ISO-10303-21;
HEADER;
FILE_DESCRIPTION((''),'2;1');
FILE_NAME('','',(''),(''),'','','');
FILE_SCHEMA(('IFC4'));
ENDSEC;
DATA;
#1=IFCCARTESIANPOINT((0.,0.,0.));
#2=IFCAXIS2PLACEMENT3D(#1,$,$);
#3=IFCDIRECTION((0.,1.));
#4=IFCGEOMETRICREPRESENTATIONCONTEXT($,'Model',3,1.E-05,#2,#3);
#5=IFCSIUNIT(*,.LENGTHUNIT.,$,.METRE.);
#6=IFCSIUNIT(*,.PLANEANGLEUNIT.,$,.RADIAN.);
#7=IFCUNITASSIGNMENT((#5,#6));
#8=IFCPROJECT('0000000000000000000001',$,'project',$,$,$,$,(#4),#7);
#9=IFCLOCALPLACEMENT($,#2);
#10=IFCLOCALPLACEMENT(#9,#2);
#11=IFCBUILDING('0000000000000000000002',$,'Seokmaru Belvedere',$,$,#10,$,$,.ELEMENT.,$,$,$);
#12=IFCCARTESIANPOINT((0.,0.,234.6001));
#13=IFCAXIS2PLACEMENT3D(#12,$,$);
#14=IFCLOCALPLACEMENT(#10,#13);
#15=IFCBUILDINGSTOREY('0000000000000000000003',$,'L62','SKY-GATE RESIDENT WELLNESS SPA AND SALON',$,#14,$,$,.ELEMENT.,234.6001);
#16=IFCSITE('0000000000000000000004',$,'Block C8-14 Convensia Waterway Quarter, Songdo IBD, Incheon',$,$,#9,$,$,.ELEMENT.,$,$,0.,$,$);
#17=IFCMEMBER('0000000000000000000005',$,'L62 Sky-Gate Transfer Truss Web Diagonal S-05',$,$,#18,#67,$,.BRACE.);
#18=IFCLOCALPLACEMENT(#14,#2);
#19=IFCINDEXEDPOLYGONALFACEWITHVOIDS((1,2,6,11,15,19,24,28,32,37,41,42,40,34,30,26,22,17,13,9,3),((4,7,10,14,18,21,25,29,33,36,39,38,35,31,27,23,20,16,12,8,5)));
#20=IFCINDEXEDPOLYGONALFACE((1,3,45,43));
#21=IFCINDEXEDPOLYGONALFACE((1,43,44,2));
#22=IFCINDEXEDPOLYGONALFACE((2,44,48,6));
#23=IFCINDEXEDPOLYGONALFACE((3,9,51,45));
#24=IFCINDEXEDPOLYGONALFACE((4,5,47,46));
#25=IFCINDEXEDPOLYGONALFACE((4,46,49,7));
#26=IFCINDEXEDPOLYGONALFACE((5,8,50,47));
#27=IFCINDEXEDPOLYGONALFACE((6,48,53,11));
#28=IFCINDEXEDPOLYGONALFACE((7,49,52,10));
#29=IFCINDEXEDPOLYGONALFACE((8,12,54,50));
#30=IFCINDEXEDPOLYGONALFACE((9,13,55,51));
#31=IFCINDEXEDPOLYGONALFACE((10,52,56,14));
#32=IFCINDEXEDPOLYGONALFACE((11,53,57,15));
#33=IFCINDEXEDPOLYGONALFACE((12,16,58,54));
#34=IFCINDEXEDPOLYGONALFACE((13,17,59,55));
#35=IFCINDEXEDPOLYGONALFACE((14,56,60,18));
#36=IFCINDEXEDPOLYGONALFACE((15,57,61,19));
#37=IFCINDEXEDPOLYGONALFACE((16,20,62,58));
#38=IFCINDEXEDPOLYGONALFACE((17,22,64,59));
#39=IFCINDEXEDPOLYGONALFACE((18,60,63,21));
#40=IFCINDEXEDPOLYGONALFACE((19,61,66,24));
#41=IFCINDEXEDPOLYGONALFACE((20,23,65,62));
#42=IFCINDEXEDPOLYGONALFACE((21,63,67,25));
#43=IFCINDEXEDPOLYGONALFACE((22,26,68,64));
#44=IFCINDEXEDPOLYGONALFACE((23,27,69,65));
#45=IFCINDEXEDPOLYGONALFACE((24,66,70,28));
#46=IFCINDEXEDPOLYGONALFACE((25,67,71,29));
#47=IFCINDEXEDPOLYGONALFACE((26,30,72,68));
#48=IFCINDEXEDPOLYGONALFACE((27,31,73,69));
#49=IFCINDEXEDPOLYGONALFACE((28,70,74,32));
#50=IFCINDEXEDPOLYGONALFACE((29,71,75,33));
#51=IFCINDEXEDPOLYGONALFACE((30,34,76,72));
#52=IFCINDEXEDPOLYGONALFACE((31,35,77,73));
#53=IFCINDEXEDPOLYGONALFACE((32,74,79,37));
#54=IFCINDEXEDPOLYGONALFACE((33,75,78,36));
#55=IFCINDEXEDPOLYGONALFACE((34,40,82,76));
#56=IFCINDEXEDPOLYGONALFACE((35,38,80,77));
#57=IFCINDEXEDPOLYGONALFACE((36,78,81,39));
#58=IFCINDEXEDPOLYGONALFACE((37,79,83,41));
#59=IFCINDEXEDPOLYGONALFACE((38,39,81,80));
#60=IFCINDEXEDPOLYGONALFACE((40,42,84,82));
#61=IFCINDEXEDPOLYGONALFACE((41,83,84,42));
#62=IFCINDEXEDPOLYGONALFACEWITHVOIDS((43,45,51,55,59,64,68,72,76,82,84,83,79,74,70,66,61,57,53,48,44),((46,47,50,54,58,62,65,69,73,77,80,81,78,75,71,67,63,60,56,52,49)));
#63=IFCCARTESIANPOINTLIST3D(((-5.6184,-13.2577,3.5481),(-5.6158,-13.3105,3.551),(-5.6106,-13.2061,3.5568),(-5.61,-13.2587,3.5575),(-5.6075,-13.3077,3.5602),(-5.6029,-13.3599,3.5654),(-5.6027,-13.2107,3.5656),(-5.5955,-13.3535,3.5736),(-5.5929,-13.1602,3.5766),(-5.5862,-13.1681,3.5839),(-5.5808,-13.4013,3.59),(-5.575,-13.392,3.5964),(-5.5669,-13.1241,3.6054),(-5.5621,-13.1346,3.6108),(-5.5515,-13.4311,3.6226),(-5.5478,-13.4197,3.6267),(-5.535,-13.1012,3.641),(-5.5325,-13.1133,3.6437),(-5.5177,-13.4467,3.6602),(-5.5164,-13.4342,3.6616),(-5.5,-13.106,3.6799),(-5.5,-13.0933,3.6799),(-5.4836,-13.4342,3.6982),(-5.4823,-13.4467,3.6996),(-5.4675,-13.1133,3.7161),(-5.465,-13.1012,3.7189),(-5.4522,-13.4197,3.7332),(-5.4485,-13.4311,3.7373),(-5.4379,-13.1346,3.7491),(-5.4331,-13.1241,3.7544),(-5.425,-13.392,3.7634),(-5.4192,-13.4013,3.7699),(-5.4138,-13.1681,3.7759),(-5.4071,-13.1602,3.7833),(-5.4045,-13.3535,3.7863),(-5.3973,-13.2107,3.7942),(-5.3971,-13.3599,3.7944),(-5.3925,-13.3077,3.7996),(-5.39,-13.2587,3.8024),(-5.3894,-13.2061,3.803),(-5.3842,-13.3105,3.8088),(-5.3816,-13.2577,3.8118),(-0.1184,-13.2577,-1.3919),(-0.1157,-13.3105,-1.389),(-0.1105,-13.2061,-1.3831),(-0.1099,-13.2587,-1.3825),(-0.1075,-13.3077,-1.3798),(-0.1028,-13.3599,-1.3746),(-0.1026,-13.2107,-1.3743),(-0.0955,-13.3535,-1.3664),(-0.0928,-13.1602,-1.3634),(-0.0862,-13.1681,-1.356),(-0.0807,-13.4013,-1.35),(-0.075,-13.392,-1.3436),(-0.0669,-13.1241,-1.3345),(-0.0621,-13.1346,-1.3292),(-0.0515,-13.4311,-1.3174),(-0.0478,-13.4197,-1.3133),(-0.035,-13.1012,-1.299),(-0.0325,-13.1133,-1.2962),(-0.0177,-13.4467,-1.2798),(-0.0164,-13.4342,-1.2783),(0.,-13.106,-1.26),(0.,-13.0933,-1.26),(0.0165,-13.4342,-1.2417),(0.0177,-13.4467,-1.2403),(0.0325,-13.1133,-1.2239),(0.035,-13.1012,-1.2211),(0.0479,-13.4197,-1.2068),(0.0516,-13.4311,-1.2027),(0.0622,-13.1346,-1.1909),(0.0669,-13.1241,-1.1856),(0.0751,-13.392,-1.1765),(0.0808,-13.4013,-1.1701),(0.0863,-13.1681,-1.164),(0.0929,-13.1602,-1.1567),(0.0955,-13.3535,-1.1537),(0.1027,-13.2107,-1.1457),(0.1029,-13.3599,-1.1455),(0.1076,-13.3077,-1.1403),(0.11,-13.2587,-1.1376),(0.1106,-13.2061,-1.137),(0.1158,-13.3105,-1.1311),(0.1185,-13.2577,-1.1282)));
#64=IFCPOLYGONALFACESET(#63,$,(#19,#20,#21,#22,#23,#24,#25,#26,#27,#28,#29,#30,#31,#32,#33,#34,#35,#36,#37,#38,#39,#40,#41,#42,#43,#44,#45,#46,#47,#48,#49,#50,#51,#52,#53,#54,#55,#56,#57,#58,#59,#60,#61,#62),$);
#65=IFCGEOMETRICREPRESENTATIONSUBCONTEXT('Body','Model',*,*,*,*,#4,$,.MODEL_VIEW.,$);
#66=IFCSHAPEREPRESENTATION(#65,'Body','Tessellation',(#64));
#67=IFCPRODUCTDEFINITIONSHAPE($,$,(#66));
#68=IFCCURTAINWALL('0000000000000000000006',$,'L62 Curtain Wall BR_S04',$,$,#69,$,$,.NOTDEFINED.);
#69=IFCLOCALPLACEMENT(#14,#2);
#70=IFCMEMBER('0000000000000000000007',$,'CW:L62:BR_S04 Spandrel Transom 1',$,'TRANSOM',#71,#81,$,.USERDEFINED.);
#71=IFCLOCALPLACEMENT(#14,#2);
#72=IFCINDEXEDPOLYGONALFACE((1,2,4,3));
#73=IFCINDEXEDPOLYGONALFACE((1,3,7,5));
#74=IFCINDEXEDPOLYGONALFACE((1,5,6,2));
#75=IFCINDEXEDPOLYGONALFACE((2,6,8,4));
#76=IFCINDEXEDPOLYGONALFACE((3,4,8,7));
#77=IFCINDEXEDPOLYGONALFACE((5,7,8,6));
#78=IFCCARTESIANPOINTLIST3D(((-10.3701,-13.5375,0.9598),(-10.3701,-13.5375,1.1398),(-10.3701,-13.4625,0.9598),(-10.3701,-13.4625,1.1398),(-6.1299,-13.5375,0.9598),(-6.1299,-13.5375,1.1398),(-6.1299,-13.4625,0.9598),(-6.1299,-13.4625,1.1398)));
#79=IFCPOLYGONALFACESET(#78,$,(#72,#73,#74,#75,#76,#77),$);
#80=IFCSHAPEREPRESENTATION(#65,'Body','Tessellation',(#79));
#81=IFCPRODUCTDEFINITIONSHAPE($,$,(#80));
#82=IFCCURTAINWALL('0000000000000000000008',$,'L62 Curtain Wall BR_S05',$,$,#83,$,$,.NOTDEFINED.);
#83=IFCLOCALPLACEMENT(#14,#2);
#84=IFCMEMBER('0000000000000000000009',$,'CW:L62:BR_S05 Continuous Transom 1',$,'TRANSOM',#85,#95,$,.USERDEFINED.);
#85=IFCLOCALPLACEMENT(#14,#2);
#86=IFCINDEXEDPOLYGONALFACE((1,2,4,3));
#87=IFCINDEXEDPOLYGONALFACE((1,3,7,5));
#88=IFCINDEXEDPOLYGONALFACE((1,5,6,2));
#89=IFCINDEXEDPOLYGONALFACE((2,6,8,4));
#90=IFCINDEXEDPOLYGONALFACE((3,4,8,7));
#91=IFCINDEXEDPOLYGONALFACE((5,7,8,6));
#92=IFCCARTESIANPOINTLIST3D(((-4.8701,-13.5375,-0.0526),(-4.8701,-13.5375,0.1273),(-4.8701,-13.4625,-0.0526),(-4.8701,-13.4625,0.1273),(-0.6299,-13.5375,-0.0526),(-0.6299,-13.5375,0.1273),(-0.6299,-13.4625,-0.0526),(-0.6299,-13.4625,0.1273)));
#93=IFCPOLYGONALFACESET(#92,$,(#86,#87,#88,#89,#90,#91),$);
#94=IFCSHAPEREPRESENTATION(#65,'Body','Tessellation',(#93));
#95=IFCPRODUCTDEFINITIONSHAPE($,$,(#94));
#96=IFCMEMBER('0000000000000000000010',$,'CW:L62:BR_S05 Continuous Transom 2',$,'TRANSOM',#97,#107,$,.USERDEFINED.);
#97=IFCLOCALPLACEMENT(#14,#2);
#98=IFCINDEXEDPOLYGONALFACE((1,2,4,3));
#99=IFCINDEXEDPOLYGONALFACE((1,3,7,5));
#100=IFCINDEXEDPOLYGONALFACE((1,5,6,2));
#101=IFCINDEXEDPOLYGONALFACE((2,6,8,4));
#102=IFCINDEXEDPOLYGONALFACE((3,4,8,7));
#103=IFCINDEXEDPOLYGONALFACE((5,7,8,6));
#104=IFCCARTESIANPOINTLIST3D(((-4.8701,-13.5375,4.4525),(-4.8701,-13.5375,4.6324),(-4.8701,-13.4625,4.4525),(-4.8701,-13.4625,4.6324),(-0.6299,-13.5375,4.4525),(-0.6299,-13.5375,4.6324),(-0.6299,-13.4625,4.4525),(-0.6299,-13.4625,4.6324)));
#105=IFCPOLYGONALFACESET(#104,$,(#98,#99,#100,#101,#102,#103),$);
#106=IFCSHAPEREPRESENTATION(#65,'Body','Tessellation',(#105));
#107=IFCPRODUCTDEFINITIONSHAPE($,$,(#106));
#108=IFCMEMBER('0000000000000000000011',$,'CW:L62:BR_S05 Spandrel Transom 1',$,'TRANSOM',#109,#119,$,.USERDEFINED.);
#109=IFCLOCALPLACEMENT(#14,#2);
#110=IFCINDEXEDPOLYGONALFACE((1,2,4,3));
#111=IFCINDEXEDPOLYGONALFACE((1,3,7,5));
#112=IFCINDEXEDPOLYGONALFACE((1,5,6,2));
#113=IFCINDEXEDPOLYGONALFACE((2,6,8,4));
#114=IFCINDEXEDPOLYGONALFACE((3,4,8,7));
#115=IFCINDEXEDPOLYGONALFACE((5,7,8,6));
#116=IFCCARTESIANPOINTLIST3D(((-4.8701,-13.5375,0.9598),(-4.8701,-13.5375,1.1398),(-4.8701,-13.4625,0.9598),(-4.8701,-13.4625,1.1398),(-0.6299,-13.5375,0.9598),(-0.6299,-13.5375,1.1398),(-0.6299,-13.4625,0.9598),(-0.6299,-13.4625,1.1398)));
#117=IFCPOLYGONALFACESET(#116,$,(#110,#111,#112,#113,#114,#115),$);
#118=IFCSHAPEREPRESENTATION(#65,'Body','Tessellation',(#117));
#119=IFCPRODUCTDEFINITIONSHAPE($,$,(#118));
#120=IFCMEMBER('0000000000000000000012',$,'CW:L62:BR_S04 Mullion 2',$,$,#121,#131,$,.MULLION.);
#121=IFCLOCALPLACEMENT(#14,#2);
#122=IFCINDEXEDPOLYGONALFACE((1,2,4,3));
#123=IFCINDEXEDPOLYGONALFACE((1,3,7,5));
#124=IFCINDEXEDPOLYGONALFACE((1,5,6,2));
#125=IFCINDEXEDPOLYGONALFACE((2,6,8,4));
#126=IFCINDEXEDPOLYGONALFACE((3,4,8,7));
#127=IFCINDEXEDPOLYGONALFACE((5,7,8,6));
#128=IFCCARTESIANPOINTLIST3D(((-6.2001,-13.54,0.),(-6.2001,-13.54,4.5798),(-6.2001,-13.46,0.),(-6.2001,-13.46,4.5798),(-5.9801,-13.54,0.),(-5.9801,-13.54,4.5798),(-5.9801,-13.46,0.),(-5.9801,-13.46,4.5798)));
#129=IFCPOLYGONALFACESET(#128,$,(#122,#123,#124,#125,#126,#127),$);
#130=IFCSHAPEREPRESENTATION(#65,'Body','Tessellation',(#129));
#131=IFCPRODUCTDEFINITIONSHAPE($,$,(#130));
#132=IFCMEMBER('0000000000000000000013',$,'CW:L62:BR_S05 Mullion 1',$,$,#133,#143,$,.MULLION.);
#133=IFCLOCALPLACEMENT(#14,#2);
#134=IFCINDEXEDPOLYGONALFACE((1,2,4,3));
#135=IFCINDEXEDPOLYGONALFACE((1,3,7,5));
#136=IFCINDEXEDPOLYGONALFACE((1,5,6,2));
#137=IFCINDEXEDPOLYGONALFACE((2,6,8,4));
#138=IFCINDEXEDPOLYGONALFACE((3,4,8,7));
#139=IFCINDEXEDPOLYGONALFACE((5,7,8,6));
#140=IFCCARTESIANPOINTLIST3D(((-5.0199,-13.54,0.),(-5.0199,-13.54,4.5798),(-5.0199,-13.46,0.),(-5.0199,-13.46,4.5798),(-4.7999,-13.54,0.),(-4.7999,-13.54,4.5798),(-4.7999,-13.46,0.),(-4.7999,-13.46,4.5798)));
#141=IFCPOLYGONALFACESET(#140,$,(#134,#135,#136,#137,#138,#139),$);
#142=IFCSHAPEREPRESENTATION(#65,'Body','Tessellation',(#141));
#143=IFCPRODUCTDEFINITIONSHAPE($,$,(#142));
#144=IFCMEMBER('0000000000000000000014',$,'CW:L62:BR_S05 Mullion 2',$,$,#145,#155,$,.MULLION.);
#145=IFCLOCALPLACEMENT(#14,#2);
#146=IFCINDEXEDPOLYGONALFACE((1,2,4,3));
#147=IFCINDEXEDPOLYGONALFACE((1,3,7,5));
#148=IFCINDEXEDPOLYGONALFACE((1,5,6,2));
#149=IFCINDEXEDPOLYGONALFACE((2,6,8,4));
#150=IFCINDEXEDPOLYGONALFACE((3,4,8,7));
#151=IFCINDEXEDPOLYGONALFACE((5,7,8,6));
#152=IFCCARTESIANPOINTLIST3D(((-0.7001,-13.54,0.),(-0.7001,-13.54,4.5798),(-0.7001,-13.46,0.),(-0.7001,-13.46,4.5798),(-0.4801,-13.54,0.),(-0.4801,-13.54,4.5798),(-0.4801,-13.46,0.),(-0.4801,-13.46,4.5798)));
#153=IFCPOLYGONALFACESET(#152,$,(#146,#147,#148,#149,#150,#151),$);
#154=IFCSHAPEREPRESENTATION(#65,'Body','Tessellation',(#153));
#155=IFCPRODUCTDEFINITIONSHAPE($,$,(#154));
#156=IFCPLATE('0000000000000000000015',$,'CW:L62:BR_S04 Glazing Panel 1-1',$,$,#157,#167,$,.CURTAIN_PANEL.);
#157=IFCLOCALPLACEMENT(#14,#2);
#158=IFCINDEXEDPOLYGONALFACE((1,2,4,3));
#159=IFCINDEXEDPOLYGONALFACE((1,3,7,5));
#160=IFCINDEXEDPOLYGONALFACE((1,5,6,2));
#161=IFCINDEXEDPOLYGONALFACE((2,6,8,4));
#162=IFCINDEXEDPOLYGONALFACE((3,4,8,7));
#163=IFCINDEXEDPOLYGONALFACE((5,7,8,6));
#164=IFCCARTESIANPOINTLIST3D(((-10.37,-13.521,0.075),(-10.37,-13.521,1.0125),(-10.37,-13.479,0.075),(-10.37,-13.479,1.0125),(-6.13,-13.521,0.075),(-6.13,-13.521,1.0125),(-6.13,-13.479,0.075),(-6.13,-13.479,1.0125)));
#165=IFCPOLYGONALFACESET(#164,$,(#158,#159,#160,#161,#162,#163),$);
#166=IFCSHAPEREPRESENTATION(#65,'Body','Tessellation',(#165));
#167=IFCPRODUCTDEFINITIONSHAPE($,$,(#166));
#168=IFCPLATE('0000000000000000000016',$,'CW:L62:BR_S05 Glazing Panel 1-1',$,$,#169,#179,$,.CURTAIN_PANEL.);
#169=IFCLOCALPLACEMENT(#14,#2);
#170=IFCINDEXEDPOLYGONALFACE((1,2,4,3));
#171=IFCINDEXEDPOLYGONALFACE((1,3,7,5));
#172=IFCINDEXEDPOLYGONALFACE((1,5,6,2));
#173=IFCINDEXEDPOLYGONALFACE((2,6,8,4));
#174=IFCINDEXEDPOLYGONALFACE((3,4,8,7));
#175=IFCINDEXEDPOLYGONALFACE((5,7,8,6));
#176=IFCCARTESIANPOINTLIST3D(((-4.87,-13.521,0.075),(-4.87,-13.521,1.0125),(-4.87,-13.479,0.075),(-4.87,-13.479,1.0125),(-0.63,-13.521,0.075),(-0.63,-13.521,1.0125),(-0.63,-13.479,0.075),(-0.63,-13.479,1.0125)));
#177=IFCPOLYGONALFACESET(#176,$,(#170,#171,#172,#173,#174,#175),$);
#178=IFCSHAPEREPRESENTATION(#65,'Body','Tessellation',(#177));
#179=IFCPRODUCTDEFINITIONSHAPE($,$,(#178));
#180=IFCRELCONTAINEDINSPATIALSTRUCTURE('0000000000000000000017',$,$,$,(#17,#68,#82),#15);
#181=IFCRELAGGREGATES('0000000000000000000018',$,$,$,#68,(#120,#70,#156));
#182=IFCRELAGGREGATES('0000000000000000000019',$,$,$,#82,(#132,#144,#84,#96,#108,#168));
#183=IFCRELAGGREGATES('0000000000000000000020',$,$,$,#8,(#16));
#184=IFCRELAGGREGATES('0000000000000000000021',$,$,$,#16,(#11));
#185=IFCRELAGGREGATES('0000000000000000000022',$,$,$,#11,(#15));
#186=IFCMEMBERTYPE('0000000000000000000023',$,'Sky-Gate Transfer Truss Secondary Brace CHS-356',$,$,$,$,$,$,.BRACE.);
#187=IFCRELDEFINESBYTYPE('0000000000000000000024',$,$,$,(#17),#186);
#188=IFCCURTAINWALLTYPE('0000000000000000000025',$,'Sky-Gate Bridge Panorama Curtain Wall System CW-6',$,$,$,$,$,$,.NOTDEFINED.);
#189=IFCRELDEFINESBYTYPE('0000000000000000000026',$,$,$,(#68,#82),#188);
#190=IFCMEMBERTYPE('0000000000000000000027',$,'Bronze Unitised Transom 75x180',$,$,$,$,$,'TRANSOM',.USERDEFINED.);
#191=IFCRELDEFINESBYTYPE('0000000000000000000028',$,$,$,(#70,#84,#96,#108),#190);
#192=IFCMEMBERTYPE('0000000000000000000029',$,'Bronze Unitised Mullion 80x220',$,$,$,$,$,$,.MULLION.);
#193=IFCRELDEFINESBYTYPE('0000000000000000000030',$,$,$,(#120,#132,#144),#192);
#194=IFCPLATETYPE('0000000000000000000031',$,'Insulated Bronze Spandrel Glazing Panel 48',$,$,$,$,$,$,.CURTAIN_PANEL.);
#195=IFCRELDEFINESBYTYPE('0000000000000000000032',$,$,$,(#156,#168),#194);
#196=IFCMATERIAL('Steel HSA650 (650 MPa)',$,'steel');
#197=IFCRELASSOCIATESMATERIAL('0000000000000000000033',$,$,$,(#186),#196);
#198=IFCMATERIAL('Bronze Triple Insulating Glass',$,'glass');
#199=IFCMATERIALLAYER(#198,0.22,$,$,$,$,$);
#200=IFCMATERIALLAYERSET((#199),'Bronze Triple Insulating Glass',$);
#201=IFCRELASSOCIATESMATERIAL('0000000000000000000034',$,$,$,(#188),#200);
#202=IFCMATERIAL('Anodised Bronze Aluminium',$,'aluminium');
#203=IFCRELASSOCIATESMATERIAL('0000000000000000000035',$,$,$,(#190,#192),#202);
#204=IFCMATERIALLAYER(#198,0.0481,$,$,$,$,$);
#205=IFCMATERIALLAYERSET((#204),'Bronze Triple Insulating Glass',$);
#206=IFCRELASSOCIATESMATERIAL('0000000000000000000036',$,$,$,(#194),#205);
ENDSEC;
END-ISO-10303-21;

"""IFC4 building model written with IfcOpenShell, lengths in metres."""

from ifc_helpers import new_model, si_unit, direction, frame, origin, origin_2d, place, context, subcontext, project, spatial, rectangle, hollow_circle, extrude, source, transform, mapped, material, layer, layer_set, material_profile, profile_set, type_object, type_shapes, element, aggregate, save


model = new_model("IFC4")

# Units and contexts
model_context = context("Model", 3, precision=1e-05, world=origin(), true_north=direction((0.0, 1.0)))
body_context = subcontext(model_context, "Body", "Model", "MODEL_VIEW")
ifc_project = project(units=[si_unit("LENGTHUNIT", "METRE"), si_unit("PLANEANGLEUNIT", "RADIAN")], contexts=[model_context])

# Site, building, storey
site_placement = place(None, origin())
site = spatial("IfcSite", under=ifc_project, at=site_placement, Name="Block C8-14 Convensia Waterway Quarter, Songdo IBD, Incheon", CompositionType="ELEMENT", RefElevation=0.0)
building_placement = place(site_placement, origin())
building = spatial("IfcBuilding", under=site, at=building_placement, Name="Seokmaru Belvedere", CompositionType="ELEMENT")
storey_placement = place(building_placement, frame((0.0, 0.0, 234.6001)))
storey = spatial("IfcBuildingStorey", under=building, at=storey_placement, Name="L62", Description="SKY-GATE RESIDENT WELLNESS SPA AND SALON", CompositionType="ELEMENT", Elevation=234.6001)

# Shared definitions
ifc_material_1 = material(Name="Steel HSA650 (650 MPa)", Category="steel")

# Member
ifc_material_profile_1 = material_profile(ifc_material_1, hollow_circle(Radius=0.1777, WallThickness=0.0127, at=origin_2d()), Name="CHS-355.6x12.7")
ifc_profile_set_1 = profile_set([ifc_material_profile_1], Name="Steel HSA650 (650 MPa)")
member_type_1 = type_object("IfcMemberType", Name="Sky-Gate Transfer Truss Secondary Brace CHS-356", PredefinedType="BRACE", material=ifc_profile_set_1)
shared_shape_1 = source(origin(), body_context, "Body", "SweptSolid", [
    extrude(hollow_circle(Radius=0.1777, WallThickness=0.0127, at=origin_2d()), origin(), (0.0, 0.0, 1.0), 7.3928),
])
type_shapes(member_type_1, [shared_shape_1])
member_1_placement = place(storey_placement, frame((-5.5, -13.271, 3.6799), z_axis=(0.74397, 0.0, -0.668213), x_axis=(0.0, 1.0, 0.0)))
element("IfcMember", 1, at=member_1_placement, inside=storey, type_object=member_type_1, Name="L62 Sky-Gate Transfer Truss Web Diagonal S-05", PredefinedType="BRACE", context=body_context, shape_type="MappedRepresentation", body=[
    mapped(shared_shape_1, transform((0.0, 0.0, 0.0), scale=1.0)),
])

# Curtain wall, member
ifc_material_2 = material(Name="Bronze Triple Insulating Glass", Category="glass")
ifc_layer_1 = layer(ifc_material_2, 0.22)
ifc_layer_set_1 = layer_set([ifc_layer_1], Name="Bronze Triple Insulating Glass")
curtain_wall_type = type_object("IfcCurtainWallType", Name="Sky-Gate Bridge Panorama Curtain Wall System CW-6", PredefinedType="NOTDEFINED", material=ifc_layer_set_1)
curtain_wall_1_placement = place(storey_placement, origin())
curtain_wall_1 = element("IfcCurtainWall", 2, at=curtain_wall_1_placement, inside=storey, type_object=curtain_wall_type, Name="L62 Curtain Wall BR_S04", PredefinedType="NOTDEFINED")
ifc_material_3 = material(Name="Anodised Bronze Aluminium", Category="aluminium")
ifc_material_profile_2 = material_profile(ifc_material_3, rectangle(XDim=0.075, YDim=0.1799, at=origin_2d()), Name="CW-T-75x180")
ifc_profile_set_2 = profile_set([ifc_material_profile_2], Name="Anodised Bronze Aluminium")
member_type_2 = type_object("IfcMemberType", Name="Bronze Unitised Transom 75x180", ElementType="TRANSOM", PredefinedType="USERDEFINED", material=ifc_profile_set_2)
shared_shape_2 = source(origin(), body_context, "Body", "SweptSolid", [
    extrude(rectangle(XDim=0.075, YDim=0.1799, at=origin_2d()), origin(), (0.0, 0.0, 1.0), 4.2402),
])
type_shapes(member_type_2, [shared_shape_2])
member_2_placement = place(storey_placement, frame((-10.3701, -13.5, 1.0498), z_axis=(1.0, 0.0, 0.0), x_axis=(0.0, 1.0, 0.0)))
member_2 = element("IfcMember", 3, at=member_2_placement, type_object=member_type_2, Name="CW:L62:BR_S04 Spandrel Transom 1", ObjectType="TRANSOM", PredefinedType="USERDEFINED", context=body_context, shape_type="MappedRepresentation", body=[
    mapped(shared_shape_2, transform((0.0, 0.0, 0.0), scale=1.0)),
])

# Curtain wall, members
curtain_wall_2_placement = place(storey_placement, origin())
curtain_wall_2 = element("IfcCurtainWall", 4, at=curtain_wall_2_placement, inside=storey, type_object=curtain_wall_type, Name="L62 Curtain Wall BR_S05", PredefinedType="NOTDEFINED")
member_3_placement = place(storey_placement, frame((-4.8701, -13.5, 0.0374), z_axis=(1.0, 0.0, 0.0), x_axis=(0.0, 1.0, 0.0)))
member_3 = element("IfcMember", 5, at=member_3_placement, type_object=member_type_2, Name="CW:L62:BR_S05 Continuous Transom 1", ObjectType="TRANSOM", PredefinedType="USERDEFINED", context=body_context, shape_type="MappedRepresentation", body=[
    mapped(shared_shape_2, transform((0.0, 0.0, 0.0), scale=1.0)),
])
member_4_placement = place(storey_placement, frame((-4.8701, -13.5, 4.5425), z_axis=(1.0, 0.0, 0.0), x_axis=(0.0, 1.0, 0.0)))
member_4 = element("IfcMember", 6, at=member_4_placement, type_object=member_type_2, Name="CW:L62:BR_S05 Continuous Transom 2", ObjectType="TRANSOM", PredefinedType="USERDEFINED", context=body_context, shape_type="MappedRepresentation", body=[
    mapped(shared_shape_2, transform((0.0, 0.0, 0.0), scale=1.0)),
])
member_5_placement = place(storey_placement, frame((-4.8701, -13.5, 1.0498), z_axis=(1.0, 0.0, 0.0), x_axis=(0.0, 1.0, 0.0)))
member_5 = element("IfcMember", 7, at=member_5_placement, type_object=member_type_2, Name="CW:L62:BR_S05 Spandrel Transom 1", ObjectType="TRANSOM", PredefinedType="USERDEFINED", context=body_context, shape_type="MappedRepresentation", body=[
    mapped(shared_shape_2, transform((0.0, 0.0, 0.0), scale=1.0)),
])

# Members
ifc_material_profile_3 = material_profile(ifc_material_3, rectangle(XDim=0.0801, YDim=0.22, at=origin_2d()), Name="CW-M-80x220")
ifc_profile_set_3 = profile_set([ifc_material_profile_3], Name="Anodised Bronze Aluminium")
member_type_3 = type_object("IfcMemberType", Name="Bronze Unitised Mullion 80x220", PredefinedType="MULLION", material=ifc_profile_set_3)
shared_shape_3 = source(origin(), body_context, "Body", "SweptSolid", [
    extrude(rectangle(XDim=0.0801, YDim=0.22, at=origin_2d()), origin(), (0.0, 0.0, 1.0), 4.5798),
])
type_shapes(member_type_3, [shared_shape_3])
member_6_placement = place(storey_placement, frame((-6.0901, -13.5, 0.0), z_axis=(0.0, 0.0, 1.0), x_axis=(0.0, 1.0, 0.0)))
member_6 = element("IfcMember", 8, at=member_6_placement, type_object=member_type_3, Name="CW:L62:BR_S04 Mullion 2", PredefinedType="MULLION", context=body_context, shape_type="MappedRepresentation", body=[
    mapped(shared_shape_3, transform((0.0, 0.0, 0.0), scale=1.0)),
])
member_7_placement = place(storey_placement, frame((-4.9099, -13.5, 0.0), z_axis=(0.0, 0.0, 1.0), x_axis=(0.0, 1.0, 0.0)))
member_7 = element("IfcMember", 9, at=member_7_placement, type_object=member_type_3, Name="CW:L62:BR_S05 Mullion 1", PredefinedType="MULLION", context=body_context, shape_type="MappedRepresentation", body=[
    mapped(shared_shape_3, transform((0.0, 0.0, 0.0), scale=1.0)),
])
member_8_placement = place(storey_placement, frame((-0.5901, -13.5, 0.0), z_axis=(0.0, 0.0, 1.0), x_axis=(0.0, 1.0, 0.0)))
member_8 = element("IfcMember", 10, at=member_8_placement, type_object=member_type_3, Name="CW:L62:BR_S05 Mullion 2", PredefinedType="MULLION", context=body_context, shape_type="MappedRepresentation", body=[
    mapped(shared_shape_3, transform((0.0, 0.0, 0.0), scale=1.0)),
])

# Plates
ifc_layer_2 = layer(ifc_material_2, 0.0481)
ifc_layer_set_2 = layer_set([ifc_layer_2], Name="Bronze Triple Insulating Glass")
plate_type_1 = type_object("IfcPlateType", Name="Insulated Bronze Spandrel Glazing Panel 48", PredefinedType="CURTAIN_PANEL", material=ifc_layer_set_2)
shared_shape_4 = source(origin(), body_context, "Body", "SweptSolid", [
    extrude(rectangle(XDim=4.24, YDim=0.042, at=origin_2d()), origin(), (0.0, 0.0, 1.0), 0.9375),
])
type_shapes(plate_type_1, [shared_shape_4])
plate_1_placement = place(storey_placement, frame((-8.25, -13.5, 0.075), z_axis=(0.0, 0.0, 1.0), x_axis=(1.0, 0.0, 0.0)))
plate_1 = element("IfcPlate", 11, at=plate_1_placement, type_object=plate_type_1, Name="CW:L62:BR_S04 Glazing Panel 1-1", PredefinedType="CURTAIN_PANEL", context=body_context, shape_type="MappedRepresentation", body=[
    mapped(shared_shape_4, transform((0.0, 0.0, 0.0), scale=1.0)),
])
plate_2_placement = place(storey_placement, frame((-2.75, -13.5, 0.075), z_axis=(0.0, 0.0, 1.0), x_axis=(1.0, 0.0, 0.0)))
plate_2 = element("IfcPlate", 12, at=plate_2_placement, type_object=plate_type_1, Name="CW:L62:BR_S05 Glazing Panel 1-1", PredefinedType="CURTAIN_PANEL", context=body_context, shape_type="MappedRepresentation", body=[
    mapped(shared_shape_4, transform((0.0, 0.0, 0.0), scale=1.0)),
])
aggregate(curtain_wall_1, [member_6, member_2, plate_1])
aggregate(curtain_wall_2, [member_7, member_8, member_3, member_4, member_5, plate_2])

save(model, "model.ifc")
